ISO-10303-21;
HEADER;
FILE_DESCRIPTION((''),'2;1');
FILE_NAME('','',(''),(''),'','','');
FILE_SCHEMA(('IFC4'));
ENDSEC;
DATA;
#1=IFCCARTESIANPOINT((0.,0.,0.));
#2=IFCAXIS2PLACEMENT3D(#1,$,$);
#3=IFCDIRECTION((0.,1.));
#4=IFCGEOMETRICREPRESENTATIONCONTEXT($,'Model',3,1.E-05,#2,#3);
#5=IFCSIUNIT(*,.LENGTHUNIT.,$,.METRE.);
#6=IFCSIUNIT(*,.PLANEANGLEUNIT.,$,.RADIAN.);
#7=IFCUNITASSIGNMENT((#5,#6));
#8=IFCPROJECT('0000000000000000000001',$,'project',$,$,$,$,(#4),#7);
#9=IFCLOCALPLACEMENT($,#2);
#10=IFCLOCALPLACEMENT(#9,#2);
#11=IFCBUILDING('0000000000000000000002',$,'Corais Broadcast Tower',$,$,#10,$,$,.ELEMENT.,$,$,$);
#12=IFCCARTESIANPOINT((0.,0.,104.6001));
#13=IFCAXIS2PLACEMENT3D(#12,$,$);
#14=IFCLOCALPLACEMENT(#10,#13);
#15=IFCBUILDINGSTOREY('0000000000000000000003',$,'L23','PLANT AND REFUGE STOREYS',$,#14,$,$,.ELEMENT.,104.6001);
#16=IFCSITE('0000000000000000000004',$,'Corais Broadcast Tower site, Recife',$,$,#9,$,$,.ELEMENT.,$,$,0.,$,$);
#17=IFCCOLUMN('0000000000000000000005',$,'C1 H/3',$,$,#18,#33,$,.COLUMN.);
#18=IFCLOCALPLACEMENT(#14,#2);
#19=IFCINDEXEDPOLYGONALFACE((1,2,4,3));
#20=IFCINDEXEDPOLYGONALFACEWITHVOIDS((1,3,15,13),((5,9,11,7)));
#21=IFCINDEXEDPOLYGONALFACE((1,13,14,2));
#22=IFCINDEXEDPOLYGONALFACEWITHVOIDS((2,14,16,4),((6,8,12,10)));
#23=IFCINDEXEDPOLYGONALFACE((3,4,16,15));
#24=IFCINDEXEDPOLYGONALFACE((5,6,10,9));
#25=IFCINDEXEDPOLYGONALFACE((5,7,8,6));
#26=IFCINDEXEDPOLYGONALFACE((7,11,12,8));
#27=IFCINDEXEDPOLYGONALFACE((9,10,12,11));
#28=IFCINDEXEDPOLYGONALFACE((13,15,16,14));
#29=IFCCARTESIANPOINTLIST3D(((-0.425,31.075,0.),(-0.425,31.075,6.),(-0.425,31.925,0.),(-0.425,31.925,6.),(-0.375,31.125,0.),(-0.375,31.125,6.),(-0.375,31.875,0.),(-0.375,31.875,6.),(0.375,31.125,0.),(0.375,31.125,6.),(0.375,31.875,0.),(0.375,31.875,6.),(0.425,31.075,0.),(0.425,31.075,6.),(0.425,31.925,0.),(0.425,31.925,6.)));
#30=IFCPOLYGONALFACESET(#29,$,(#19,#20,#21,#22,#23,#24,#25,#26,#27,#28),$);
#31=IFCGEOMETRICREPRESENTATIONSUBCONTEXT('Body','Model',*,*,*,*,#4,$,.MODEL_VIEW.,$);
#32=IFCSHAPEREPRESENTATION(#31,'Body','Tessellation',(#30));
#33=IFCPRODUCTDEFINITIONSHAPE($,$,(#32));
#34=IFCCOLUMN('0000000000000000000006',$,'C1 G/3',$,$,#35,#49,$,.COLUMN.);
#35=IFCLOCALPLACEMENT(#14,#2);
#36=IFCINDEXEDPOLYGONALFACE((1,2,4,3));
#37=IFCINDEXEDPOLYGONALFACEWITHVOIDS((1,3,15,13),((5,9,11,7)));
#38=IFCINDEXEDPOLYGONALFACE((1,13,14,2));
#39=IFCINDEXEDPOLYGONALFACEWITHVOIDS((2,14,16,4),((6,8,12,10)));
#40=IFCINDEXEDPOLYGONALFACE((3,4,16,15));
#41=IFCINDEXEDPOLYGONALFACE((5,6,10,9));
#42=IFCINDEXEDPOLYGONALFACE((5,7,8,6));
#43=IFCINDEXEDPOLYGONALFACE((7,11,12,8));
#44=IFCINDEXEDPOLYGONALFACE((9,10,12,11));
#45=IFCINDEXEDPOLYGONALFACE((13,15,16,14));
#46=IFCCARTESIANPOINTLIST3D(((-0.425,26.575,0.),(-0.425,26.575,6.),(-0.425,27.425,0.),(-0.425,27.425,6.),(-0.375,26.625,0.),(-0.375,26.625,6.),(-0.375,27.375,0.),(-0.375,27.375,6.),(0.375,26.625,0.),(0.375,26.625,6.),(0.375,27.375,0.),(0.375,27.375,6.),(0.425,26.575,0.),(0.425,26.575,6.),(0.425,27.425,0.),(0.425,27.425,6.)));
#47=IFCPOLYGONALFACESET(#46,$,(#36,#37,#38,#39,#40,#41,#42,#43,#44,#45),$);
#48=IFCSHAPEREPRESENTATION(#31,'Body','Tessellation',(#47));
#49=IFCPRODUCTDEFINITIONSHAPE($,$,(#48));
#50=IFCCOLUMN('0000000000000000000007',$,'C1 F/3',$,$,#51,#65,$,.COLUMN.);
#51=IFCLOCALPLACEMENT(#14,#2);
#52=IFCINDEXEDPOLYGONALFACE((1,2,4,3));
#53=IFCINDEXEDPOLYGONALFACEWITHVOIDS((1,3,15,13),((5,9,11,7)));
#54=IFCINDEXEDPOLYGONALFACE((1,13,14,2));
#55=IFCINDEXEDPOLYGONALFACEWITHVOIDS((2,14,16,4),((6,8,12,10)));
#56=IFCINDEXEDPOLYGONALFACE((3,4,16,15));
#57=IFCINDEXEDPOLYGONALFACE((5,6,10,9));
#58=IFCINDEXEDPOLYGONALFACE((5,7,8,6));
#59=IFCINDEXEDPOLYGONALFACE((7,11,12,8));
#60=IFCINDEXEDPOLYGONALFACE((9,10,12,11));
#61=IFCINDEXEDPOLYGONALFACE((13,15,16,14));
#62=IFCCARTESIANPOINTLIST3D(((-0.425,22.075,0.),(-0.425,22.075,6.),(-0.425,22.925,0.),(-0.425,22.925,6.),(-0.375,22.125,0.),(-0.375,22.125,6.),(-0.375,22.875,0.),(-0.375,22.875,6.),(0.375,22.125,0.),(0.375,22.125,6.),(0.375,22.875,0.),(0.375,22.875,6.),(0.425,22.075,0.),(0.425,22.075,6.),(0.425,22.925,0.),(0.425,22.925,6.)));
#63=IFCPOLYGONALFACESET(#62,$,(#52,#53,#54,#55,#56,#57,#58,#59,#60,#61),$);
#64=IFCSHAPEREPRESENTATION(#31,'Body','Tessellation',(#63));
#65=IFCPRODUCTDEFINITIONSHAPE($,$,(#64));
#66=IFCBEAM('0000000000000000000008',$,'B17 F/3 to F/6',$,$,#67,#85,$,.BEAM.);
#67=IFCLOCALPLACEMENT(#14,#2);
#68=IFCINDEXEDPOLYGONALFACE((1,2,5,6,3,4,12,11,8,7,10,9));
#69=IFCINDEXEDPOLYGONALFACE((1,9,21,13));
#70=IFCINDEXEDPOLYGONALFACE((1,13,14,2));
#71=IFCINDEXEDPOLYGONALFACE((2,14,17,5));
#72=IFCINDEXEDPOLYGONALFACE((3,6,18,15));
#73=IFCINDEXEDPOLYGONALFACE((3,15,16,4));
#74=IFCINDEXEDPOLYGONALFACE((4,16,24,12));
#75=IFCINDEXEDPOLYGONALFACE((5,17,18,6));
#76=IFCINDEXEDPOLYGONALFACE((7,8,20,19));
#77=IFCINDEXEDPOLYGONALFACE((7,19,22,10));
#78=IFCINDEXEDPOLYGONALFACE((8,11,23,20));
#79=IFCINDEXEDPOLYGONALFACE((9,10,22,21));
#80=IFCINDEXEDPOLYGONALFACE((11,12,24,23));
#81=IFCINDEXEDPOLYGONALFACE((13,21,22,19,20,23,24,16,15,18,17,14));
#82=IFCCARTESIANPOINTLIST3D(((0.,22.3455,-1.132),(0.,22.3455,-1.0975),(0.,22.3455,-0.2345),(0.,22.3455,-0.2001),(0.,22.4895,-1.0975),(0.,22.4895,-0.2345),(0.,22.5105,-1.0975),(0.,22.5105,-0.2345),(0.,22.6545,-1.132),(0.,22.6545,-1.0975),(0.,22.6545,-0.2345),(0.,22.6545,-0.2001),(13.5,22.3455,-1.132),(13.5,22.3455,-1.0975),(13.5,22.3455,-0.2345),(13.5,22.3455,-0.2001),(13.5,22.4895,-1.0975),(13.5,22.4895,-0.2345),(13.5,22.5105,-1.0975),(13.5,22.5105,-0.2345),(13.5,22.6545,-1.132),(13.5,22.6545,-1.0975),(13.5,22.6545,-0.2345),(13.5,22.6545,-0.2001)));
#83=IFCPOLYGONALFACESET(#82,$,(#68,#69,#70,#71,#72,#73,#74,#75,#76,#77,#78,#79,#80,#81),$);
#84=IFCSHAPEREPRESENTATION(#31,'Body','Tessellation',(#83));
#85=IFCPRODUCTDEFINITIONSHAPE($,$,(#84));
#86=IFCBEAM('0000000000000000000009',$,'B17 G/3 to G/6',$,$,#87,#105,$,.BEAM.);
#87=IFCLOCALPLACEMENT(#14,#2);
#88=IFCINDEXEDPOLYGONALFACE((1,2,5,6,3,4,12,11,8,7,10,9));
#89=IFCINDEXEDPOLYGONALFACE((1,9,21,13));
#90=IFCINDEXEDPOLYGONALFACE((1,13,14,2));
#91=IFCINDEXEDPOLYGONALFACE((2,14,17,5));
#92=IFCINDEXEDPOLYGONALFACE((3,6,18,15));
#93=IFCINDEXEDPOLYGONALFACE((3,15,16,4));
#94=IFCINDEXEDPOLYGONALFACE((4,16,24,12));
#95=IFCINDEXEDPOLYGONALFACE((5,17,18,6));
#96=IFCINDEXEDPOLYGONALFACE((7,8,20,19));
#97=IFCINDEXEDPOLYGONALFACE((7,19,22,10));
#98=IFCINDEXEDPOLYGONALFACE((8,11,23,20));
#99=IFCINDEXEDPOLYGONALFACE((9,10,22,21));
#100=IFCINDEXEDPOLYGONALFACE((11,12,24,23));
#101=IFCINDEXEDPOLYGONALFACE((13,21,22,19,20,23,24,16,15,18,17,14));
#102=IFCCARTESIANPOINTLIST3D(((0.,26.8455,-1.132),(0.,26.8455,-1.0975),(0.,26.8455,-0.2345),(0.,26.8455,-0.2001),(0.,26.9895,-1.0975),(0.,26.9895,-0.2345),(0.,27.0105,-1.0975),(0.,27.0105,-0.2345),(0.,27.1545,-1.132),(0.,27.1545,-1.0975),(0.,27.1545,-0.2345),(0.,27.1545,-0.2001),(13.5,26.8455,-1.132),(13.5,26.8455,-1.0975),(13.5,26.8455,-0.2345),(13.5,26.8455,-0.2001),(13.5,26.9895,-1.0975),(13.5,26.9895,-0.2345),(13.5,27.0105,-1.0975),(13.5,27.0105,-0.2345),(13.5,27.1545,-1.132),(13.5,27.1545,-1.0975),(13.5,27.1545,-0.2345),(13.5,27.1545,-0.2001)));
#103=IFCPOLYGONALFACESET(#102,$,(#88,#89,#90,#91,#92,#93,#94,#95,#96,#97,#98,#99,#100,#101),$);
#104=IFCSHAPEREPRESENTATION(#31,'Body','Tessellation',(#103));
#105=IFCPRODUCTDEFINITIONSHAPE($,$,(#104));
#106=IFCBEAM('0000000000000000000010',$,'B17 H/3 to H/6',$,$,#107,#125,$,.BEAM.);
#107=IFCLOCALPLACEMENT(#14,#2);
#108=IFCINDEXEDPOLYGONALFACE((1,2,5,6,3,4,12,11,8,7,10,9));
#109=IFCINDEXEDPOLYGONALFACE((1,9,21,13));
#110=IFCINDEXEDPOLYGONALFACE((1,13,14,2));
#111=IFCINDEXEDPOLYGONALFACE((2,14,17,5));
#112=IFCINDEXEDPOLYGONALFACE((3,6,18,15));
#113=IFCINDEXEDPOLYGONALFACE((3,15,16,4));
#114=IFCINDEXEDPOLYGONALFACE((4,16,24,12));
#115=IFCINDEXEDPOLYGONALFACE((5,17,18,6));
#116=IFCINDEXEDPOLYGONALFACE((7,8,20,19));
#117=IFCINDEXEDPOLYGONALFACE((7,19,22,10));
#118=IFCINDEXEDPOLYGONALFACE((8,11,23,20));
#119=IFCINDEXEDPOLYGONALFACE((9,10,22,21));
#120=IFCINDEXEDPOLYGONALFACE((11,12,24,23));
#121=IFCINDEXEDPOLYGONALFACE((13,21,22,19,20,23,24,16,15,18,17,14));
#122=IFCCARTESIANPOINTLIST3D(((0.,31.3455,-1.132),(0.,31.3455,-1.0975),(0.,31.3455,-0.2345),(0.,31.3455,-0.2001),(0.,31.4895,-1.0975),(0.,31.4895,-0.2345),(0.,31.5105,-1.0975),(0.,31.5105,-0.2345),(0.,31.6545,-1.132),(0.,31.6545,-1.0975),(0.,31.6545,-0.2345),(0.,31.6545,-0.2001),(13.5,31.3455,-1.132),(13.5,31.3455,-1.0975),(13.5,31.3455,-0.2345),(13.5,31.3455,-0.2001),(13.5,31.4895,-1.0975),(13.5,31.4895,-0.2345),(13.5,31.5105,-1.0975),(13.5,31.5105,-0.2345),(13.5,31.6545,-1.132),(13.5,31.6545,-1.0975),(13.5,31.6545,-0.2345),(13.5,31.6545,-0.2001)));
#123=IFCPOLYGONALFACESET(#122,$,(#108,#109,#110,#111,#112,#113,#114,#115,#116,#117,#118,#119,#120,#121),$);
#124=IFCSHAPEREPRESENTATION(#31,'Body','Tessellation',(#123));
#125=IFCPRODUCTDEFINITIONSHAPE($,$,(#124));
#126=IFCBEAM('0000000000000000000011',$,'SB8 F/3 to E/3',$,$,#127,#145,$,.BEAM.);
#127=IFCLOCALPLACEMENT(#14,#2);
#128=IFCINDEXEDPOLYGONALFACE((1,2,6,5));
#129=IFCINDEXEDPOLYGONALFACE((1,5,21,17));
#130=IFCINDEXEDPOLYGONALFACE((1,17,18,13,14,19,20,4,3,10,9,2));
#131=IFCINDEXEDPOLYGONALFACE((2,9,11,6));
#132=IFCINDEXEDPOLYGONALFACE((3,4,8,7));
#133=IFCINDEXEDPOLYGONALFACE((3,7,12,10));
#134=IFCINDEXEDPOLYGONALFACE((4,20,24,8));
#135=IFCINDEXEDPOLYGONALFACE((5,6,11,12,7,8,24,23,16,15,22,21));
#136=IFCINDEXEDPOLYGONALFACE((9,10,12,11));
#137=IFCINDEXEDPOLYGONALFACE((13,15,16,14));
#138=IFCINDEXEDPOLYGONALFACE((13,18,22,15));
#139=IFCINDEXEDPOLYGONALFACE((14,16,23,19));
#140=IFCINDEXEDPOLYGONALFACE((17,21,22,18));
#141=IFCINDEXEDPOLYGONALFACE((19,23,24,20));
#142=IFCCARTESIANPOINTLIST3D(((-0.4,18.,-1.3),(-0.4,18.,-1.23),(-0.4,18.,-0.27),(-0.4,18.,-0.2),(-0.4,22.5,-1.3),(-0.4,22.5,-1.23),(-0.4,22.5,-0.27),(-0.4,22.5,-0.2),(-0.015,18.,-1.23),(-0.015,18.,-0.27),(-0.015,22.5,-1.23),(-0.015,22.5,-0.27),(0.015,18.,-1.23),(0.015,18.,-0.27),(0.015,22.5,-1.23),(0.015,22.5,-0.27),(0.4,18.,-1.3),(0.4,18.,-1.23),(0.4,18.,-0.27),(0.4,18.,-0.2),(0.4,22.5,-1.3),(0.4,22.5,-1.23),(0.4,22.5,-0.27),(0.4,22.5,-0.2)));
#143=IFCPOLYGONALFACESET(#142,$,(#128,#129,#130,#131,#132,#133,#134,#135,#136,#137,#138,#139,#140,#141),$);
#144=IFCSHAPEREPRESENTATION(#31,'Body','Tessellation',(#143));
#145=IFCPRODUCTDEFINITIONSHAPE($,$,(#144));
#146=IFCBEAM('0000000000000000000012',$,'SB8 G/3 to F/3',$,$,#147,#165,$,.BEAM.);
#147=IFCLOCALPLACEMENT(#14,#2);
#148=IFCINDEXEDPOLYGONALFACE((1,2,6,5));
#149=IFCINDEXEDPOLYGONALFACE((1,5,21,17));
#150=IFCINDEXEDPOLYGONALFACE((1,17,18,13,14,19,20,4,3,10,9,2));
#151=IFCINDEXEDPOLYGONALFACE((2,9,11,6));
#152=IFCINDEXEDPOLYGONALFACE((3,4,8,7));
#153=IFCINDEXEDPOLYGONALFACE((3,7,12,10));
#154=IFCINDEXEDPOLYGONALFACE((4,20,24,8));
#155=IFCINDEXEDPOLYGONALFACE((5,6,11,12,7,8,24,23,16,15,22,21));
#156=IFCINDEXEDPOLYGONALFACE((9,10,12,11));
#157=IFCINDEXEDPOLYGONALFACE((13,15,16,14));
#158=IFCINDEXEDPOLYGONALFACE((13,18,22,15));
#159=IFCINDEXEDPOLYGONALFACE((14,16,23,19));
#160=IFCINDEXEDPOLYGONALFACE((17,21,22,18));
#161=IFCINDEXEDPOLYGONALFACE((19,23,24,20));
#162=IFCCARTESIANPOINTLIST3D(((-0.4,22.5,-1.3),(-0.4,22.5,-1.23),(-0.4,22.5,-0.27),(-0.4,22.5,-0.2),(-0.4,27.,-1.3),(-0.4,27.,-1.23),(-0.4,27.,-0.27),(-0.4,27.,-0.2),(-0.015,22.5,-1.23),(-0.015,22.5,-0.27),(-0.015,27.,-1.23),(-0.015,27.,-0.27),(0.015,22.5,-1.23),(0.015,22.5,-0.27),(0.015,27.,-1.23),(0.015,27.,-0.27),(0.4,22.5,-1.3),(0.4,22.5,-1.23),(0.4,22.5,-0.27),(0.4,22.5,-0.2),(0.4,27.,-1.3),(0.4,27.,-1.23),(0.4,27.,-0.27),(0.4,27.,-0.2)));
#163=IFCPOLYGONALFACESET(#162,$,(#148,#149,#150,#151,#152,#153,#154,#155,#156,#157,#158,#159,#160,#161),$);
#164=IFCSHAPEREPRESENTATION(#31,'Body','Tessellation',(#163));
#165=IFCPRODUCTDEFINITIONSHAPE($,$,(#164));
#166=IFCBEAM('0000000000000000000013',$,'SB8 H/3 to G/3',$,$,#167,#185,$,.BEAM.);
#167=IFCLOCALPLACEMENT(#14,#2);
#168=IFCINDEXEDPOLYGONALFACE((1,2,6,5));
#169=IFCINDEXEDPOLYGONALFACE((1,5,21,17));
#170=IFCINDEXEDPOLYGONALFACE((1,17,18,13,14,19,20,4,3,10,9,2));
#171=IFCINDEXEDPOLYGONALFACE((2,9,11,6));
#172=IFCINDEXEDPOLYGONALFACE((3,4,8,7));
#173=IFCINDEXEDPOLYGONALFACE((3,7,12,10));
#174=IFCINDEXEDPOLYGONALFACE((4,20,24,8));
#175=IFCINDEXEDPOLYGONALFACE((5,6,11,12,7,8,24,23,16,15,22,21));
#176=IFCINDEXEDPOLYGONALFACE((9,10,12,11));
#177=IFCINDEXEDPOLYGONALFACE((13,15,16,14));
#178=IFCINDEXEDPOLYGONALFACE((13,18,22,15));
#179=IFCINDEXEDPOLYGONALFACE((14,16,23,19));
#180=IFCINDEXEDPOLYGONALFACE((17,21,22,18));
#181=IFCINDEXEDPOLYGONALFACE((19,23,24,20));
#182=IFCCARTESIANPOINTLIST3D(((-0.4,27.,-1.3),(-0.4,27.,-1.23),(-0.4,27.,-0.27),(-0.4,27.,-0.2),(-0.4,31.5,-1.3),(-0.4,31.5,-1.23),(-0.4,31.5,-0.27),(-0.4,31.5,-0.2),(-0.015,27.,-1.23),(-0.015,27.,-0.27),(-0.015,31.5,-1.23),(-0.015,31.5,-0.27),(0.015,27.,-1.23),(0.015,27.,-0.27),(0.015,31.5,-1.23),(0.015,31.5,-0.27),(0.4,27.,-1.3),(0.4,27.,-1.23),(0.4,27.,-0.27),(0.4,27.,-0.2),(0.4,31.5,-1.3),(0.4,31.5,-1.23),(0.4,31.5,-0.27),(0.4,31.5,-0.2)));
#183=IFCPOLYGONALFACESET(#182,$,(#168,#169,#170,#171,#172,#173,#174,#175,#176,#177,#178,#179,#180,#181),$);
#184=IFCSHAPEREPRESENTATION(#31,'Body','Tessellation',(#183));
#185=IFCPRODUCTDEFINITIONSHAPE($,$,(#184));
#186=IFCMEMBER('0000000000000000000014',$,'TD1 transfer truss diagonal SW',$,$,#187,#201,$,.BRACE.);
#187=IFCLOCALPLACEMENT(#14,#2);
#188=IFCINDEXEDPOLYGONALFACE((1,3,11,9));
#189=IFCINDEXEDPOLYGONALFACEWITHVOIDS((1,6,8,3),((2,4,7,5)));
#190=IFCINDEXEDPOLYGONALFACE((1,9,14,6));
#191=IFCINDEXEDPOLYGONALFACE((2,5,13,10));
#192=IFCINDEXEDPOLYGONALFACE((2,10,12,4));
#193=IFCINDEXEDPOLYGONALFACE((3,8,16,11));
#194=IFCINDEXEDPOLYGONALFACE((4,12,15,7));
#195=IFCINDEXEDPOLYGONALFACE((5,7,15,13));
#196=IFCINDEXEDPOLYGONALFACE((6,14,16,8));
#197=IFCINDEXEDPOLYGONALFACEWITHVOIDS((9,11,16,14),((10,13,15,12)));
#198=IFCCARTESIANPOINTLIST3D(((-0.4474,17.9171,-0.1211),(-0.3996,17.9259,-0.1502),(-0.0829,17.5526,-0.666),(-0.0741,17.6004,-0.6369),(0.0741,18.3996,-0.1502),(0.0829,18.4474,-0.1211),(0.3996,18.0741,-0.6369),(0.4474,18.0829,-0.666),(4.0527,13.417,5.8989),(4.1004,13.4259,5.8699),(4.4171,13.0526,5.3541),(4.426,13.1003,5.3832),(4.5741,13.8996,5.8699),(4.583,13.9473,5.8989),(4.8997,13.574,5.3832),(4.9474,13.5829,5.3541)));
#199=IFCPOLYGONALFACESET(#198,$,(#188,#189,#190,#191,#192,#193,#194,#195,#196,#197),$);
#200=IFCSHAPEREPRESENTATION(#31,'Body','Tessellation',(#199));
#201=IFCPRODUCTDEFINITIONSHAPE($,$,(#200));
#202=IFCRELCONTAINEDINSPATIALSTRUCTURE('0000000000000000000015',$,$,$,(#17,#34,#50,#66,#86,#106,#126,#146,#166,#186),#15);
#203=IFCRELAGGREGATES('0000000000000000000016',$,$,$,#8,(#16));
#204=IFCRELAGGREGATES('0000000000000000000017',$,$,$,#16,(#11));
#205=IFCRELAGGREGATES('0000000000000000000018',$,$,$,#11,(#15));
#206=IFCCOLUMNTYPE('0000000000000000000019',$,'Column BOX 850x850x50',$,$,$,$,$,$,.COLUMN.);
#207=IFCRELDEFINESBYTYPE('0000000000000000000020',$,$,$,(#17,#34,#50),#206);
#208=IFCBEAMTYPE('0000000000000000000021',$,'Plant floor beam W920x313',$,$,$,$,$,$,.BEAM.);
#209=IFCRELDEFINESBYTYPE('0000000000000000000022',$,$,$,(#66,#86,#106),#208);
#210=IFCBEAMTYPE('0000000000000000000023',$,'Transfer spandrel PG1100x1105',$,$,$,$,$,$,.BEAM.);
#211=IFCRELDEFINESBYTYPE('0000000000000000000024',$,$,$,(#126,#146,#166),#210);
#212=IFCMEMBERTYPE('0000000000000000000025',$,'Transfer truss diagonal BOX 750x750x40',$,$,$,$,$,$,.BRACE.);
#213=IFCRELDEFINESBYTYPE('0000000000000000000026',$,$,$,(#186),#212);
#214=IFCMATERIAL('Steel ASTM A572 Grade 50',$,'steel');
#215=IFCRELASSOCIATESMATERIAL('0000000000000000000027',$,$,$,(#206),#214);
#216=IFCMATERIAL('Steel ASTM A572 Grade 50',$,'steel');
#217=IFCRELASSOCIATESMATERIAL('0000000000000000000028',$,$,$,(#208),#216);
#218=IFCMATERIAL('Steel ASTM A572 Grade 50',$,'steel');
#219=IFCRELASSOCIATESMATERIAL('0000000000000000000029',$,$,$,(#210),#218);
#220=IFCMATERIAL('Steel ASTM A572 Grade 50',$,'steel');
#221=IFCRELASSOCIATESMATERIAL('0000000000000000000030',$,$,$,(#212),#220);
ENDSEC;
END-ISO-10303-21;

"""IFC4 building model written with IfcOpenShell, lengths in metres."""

from ifc_helpers import new_model, si_unit, direction, frame, origin, origin_2d, place, context, subcontext, project, spatial, hollow_rectangle, i_section, extrude, material, material_profile, profile_set, type_object, element, save


model = new_model("IFC4")

# Units and contexts
model_context = context("Model", 3, precision=1e-05, world=origin(), true_north=direction((0.0, 1.0)))
body_context = subcontext(model_context, "Body", "Model", "MODEL_VIEW")
ifc_project = project(units=[si_unit("LENGTHUNIT", "METRE"), si_unit("PLANEANGLEUNIT", "RADIAN")], contexts=[model_context])

# Site, building, storey
site_placement = place(None, origin())
site = spatial("IfcSite", under=ifc_project, at=site_placement, Name="Corais Broadcast Tower site, Recife", CompositionType="ELEMENT", RefElevation=0.0)
building_placement = place(site_placement, origin())
building = spatial("IfcBuilding", under=site, at=building_placement, Name="Corais Broadcast Tower", CompositionType="ELEMENT")
storey_placement = place(building_placement, frame((0.0, 0.0, 104.6001)))
storey = spatial("IfcBuildingStorey", under=building, at=storey_placement, Name="L23", Description="PLANT AND REFUGE STOREYS", CompositionType="ELEMENT", Elevation=104.6001)

# Columns
ifc_material_1 = material(Name="Steel ASTM A572 Grade 50", Category="steel")
ifc_material_profile_1 = material_profile(ifc_material_1, hollow_rectangle(XDim=0.8501, YDim=0.8501, WallThickness=0.05, at=origin_2d()), Name="BOX 850x850x50")
ifc_profile_set_1 = profile_set([ifc_material_profile_1], Name="Steel ASTM A572 Grade 50")
column_type = type_object("IfcColumnType", Name="Column BOX 850x850x50", PredefinedType="COLUMN", material=ifc_profile_set_1)
for number, where, z_axis, x_axis, name in (
    (1, (0.0, 31.5, 0.0), (0.0, 0.0, 1.0), (1.0, 0.0, 0.0), "C1 H/3"),
    (2, (0.0, 27.0, 0.0), (0.0, 0.0, 1.0), (1.0, 0.0, 0.0), "C1 G/3"),
    (3, (0.0, 22.5, 0.0), (0.0, 0.0, 1.0), (1.0, 0.0, 0.0), "C1 F/3"),
):
    element("IfcColumn", number, at=place(storey_placement, frame(where, z_axis=z_axis, x_axis=x_axis)), inside=storey, type_object=column_type, Name=name, PredefinedType="COLUMN", context=body_context, shape_type="SweptSolid", body=[
        extrude(hollow_rectangle(XDim=0.8501, YDim=0.8501, WallThickness=0.05, at=origin_2d()), origin(), (0.0, 0.0, 1.0), 6.0),
    ])

# Beams
ifc_material_2 = material(Name="Steel ASTM A572 Grade 50", Category="steel")
ifc_material_profile_2 = material_profile(ifc_material_2, i_section(OverallWidth=0.3091, OverallDepth=0.9319, WebThickness=0.021, FlangeThickness=0.0344, at=origin_2d()), Name="W920x313")
ifc_profile_set_2 = profile_set([ifc_material_profile_2], Name="Steel ASTM A572 Grade 50")
beam_type_1 = type_object("IfcBeamType", Name="Plant floor beam W920x313", PredefinedType="BEAM", material=ifc_profile_set_2)
for number, where, z_axis, x_axis, name in (
    (4, (0.0, 22.5, -0.666), (1.0, 0.0, 0.0), (0.0, 1.0, 0.0), "B17 F/3 to F/6"),
    (5, (0.0, 27.0, -0.666), (1.0, 0.0, 0.0), (0.0, 1.0, 0.0), "B17 G/3 to G/6"),
    (6, (0.0, 31.5, -0.666), (1.0, 0.0, 0.0), (0.0, 1.0, 0.0), "B17 H/3 to H/6"),
):
    element("IfcBeam", number, at=place(storey_placement, frame(where, z_axis=z_axis, x_axis=x_axis)), inside=storey, type_object=beam_type_1, Name=name, PredefinedType="BEAM", context=body_context, shape_type="SweptSolid", body=[
        extrude(i_section(OverallWidth=0.3091, OverallDepth=0.9319, WebThickness=0.021, FlangeThickness=0.0344, at=origin_2d()), origin(), (0.0, 0.0, 1.0), 13.5),
    ])
ifc_material_3 = material(Name="Steel ASTM A572 Grade 50", Category="steel")
ifc_material_profile_3 = material_profile(ifc_material_3, i_section(OverallWidth=0.8, OverallDepth=1.1001, WebThickness=0.03, FlangeThickness=0.0701, at=origin_2d()), Name="PG1100x1105")
ifc_profile_set_3 = profile_set([ifc_material_profile_3], Name="Steel ASTM A572 Grade 50")
beam_type_2 = type_object("IfcBeamType", Name="Transfer spandrel PG1100x1105", PredefinedType="BEAM", material=ifc_profile_set_3)
for number, where, z_axis, x_axis, name in (
    (7, (0.0, 22.5, -0.75), (0.0, -1.0, 0.0), (1.0, 0.0, 0.0), "SB8 F/3 to E/3"),
    (8, (0.0, 27.0, -0.75), (0.0, -1.0, 0.0), (1.0, 0.0, 0.0), "SB8 G/3 to F/3"),
    (9, (0.0, 31.5, -0.75), (0.0, -1.0, 0.0), (1.0, 0.0, 0.0), "SB8 H/3 to G/3"),
):
    element("IfcBeam", number, at=place(storey_placement, frame(where, z_axis=z_axis, x_axis=x_axis)), inside=storey, type_object=beam_type_2, Name=name, PredefinedType="BEAM", context=body_context, shape_type="SweptSolid", body=[
        extrude(i_section(OverallWidth=0.8, OverallDepth=1.1001, WebThickness=0.03, FlangeThickness=0.0701, at=origin_2d()), origin(), (0.0, 0.0, 1.0), 4.5),
    ])

# Member
ifc_material_4 = material(Name="Steel ASTM A572 Grade 50", Category="steel")
ifc_material_profile_4 = material_profile(ifc_material_4, hollow_rectangle(XDim=0.75, YDim=0.75, WallThickness=0.04, at=origin_2d()), Name="BOX 750x750x40")
ifc_profile_set_4 = profile_set([ifc_material_profile_4], Name="Steel ASTM A572 Grade 50")
member_type = type_object("IfcMemberType", Name="Transfer truss diagonal BOX 750x750x40", PredefinedType="BRACE", material=ifc_profile_set_4)
member_placement = place(storey_placement, frame((0.0, 18.0, -0.3936), z_axis=(0.513688, -0.513688, 0.687203), x_axis=(0.707107, 0.707107, 0.0)))
element("IfcMember", 10, at=member_placement, inside=storey, type_object=member_type, Name="TD1 transfer truss diagonal SW", PredefinedType="BRACE", context=body_context, shape_type="SweptSolid", body=[
    extrude(hollow_rectangle(XDim=0.75, YDim=0.75, WallThickness=0.04, at=origin_2d()), origin(), (0.0, 0.0, 1.0), 8.7603),
])

save(model, "model.ifc")
